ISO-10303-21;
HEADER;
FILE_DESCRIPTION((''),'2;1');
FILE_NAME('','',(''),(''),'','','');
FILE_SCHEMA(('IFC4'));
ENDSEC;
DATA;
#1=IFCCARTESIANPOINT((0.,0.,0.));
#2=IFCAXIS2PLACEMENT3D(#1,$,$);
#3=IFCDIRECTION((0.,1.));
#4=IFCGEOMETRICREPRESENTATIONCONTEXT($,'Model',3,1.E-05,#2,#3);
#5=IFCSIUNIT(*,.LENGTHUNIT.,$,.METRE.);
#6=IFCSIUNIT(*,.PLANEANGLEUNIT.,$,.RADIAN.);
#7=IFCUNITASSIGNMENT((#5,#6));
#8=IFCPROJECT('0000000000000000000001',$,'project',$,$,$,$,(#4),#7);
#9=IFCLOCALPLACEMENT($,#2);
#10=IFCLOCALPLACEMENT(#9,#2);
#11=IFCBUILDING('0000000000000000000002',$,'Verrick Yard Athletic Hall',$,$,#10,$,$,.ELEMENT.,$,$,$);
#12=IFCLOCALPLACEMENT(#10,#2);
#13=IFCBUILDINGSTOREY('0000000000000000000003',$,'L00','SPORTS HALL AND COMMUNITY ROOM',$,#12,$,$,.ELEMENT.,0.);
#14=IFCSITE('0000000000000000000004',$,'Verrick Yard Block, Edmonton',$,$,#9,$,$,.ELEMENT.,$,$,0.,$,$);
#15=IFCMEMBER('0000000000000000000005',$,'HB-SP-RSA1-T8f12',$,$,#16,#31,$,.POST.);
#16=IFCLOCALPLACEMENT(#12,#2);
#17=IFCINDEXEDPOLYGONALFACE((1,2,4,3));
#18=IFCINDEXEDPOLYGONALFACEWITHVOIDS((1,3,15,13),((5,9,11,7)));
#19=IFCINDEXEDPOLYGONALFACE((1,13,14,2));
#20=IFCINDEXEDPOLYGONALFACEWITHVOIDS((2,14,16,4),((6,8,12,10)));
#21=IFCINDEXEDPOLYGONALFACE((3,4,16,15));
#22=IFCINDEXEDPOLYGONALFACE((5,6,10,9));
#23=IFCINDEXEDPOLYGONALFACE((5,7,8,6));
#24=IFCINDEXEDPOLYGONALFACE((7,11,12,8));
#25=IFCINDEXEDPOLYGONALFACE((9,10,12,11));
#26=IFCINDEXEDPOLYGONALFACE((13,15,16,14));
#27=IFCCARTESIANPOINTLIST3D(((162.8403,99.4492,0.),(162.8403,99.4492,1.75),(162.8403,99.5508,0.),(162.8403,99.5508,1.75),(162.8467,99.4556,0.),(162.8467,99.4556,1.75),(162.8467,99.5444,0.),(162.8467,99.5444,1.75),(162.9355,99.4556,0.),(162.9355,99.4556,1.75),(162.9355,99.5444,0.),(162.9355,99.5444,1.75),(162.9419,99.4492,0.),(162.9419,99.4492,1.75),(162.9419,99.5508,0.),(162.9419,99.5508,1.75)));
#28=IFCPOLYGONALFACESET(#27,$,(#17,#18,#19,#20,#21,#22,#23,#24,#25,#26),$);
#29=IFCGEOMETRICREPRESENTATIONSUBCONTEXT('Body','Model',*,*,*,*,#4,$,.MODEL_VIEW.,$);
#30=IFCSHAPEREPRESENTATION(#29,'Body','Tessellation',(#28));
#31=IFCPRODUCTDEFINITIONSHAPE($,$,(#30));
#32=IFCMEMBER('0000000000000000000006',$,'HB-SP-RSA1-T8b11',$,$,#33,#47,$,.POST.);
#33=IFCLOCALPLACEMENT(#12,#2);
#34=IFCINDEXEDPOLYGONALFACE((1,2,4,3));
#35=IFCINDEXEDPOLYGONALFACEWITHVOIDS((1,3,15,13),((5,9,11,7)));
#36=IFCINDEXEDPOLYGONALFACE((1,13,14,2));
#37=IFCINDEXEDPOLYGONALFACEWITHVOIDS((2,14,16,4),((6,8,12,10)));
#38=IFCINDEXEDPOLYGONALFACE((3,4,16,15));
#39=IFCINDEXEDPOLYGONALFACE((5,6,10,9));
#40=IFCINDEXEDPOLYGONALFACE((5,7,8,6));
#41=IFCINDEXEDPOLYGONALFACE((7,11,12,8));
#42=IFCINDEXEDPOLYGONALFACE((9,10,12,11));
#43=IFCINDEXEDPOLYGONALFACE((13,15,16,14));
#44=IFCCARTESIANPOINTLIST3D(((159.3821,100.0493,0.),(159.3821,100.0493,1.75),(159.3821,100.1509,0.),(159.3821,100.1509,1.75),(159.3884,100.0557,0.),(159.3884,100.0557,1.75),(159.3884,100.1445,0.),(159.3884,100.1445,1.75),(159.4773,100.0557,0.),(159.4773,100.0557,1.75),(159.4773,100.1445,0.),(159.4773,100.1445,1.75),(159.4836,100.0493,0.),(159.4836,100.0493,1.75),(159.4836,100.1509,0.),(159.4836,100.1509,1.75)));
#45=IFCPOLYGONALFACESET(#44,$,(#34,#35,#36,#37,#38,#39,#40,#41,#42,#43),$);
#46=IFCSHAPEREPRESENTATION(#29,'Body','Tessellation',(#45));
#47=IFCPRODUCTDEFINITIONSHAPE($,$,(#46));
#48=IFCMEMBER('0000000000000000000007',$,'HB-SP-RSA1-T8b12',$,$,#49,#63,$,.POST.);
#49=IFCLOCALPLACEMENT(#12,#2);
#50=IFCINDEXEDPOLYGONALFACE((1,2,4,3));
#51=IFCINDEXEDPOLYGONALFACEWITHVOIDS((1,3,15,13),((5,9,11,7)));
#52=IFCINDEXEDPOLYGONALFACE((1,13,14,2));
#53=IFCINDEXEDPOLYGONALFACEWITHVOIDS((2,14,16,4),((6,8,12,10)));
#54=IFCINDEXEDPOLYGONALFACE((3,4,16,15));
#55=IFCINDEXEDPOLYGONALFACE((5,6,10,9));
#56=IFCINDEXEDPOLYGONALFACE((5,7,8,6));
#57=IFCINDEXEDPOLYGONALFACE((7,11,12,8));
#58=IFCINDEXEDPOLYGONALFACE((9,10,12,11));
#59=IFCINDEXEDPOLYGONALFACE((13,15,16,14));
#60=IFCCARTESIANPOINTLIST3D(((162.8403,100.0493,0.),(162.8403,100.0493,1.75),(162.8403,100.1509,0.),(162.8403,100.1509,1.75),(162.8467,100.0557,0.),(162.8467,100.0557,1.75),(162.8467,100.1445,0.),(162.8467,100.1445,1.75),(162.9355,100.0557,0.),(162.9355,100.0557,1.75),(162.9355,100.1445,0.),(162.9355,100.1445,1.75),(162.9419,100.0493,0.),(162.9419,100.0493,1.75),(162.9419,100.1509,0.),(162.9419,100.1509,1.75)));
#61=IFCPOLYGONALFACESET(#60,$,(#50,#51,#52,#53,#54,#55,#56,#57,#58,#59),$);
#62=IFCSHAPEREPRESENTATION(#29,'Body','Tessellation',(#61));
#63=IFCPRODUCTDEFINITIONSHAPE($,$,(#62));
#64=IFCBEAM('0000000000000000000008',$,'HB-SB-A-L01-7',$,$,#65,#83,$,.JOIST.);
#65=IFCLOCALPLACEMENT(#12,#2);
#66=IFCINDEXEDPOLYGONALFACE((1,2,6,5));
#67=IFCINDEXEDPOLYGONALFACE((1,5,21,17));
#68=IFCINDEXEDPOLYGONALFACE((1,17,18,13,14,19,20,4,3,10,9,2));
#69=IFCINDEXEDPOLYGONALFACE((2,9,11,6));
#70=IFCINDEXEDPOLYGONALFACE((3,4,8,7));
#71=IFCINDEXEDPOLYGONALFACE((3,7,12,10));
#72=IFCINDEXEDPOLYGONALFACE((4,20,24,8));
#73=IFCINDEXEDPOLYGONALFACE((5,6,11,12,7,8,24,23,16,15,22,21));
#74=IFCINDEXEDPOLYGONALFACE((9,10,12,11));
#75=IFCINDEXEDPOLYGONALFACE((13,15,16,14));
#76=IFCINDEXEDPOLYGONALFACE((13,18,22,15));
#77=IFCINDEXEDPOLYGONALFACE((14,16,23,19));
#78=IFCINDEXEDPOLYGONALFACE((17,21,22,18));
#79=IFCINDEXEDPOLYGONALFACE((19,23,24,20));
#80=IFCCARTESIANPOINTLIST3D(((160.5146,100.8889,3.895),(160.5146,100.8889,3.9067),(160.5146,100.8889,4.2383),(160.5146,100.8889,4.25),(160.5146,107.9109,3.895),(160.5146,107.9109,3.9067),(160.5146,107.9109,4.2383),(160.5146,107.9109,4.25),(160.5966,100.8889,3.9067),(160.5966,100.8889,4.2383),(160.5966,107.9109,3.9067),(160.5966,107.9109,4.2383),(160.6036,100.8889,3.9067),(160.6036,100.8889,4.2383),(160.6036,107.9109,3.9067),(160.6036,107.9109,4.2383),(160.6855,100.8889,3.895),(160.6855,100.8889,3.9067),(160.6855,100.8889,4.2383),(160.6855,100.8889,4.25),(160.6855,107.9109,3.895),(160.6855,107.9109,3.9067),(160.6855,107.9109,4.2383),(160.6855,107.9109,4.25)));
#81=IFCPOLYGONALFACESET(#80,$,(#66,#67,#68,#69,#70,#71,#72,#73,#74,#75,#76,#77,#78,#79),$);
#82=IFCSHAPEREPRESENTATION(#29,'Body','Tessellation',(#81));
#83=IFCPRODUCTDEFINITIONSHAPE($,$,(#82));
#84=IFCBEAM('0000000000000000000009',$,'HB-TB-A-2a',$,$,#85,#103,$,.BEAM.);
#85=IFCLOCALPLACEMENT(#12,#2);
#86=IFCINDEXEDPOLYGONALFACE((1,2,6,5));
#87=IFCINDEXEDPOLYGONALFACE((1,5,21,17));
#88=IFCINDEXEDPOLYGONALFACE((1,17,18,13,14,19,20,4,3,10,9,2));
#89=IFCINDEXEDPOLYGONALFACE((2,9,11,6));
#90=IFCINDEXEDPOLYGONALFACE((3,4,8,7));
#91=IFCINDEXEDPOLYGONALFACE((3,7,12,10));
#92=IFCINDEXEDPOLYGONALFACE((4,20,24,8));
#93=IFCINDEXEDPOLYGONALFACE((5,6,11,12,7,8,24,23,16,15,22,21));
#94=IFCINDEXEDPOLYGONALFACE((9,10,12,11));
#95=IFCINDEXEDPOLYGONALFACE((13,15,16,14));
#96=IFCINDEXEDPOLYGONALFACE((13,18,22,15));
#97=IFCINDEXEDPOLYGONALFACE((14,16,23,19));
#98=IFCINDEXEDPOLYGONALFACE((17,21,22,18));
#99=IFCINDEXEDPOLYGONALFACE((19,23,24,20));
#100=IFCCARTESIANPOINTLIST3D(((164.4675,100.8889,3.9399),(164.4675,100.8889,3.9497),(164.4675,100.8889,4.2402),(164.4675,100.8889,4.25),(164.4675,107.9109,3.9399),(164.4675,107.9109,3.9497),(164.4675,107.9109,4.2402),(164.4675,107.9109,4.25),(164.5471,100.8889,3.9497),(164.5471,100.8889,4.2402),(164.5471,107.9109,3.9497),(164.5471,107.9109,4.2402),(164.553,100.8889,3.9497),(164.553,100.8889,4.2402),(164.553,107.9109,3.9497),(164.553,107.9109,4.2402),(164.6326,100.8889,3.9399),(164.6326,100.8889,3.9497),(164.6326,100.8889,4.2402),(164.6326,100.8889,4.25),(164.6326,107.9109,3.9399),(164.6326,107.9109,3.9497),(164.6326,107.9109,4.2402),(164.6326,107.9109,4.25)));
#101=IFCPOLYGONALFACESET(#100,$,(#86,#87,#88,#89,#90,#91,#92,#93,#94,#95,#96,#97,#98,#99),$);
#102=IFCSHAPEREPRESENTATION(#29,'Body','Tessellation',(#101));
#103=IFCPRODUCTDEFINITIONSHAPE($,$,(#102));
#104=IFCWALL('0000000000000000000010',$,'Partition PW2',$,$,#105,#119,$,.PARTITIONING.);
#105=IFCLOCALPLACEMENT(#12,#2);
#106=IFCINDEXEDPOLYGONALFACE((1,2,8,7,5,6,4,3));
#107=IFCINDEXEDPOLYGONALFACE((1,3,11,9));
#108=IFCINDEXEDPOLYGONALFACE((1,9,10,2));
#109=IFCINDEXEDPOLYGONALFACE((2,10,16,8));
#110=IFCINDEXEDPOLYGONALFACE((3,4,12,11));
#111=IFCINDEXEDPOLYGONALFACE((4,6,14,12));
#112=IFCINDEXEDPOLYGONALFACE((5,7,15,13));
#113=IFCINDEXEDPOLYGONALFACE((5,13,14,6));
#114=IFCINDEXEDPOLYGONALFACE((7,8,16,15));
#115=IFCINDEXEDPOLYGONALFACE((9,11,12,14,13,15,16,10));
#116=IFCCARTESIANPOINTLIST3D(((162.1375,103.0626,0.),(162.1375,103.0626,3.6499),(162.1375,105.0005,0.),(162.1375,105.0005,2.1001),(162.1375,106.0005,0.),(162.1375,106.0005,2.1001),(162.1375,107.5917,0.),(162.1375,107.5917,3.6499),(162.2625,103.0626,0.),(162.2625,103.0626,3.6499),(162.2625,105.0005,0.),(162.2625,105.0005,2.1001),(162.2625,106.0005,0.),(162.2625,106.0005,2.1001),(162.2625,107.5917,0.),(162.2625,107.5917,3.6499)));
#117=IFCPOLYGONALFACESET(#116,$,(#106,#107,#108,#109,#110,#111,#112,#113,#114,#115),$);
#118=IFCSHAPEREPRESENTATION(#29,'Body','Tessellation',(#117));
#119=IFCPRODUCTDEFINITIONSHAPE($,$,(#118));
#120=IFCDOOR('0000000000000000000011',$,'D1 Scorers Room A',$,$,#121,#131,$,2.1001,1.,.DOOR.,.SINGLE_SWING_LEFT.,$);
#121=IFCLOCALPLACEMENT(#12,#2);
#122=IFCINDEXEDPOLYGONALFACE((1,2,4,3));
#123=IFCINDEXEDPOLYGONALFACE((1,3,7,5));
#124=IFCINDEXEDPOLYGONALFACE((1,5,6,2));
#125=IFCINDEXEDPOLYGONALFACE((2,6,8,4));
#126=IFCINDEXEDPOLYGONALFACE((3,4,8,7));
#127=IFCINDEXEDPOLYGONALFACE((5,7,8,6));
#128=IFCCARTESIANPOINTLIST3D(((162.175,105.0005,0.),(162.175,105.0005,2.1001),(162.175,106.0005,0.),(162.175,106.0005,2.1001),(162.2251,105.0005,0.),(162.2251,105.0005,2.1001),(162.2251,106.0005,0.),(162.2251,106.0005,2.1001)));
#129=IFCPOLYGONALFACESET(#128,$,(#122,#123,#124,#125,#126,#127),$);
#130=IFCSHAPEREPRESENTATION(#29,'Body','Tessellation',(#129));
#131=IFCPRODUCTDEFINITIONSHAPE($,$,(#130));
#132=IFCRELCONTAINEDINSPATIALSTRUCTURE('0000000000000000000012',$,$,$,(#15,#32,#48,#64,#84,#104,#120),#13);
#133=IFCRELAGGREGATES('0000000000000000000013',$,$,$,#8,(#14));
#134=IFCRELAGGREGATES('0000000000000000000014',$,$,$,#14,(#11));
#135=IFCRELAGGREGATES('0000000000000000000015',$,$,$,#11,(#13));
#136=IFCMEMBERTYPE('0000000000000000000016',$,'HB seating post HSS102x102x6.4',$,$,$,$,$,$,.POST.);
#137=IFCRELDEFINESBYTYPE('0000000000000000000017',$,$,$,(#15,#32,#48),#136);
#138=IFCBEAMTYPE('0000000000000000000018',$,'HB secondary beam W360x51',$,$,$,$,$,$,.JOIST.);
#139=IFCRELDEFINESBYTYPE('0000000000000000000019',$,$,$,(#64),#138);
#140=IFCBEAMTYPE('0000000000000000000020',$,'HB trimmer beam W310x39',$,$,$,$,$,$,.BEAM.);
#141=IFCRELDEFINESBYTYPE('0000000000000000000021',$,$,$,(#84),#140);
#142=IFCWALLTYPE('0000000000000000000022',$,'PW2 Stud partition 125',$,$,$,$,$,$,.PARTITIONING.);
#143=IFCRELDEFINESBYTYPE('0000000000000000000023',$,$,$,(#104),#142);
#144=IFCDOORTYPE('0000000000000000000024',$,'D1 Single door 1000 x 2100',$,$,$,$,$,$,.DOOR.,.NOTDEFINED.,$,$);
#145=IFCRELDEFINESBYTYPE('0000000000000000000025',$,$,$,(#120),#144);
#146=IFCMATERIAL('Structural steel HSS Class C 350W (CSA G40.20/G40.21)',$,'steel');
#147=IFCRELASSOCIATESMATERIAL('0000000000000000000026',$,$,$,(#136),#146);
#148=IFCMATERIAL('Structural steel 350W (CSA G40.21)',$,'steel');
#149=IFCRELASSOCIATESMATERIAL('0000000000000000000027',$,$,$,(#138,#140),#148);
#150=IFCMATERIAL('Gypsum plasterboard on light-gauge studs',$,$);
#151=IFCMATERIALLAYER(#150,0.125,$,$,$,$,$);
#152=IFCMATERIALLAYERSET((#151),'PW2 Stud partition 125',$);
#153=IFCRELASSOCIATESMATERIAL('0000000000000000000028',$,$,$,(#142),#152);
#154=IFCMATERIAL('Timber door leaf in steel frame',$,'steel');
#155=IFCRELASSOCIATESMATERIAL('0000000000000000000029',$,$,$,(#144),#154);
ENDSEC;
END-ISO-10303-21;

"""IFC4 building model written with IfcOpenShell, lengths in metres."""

from ifc_helpers import new_model, si_unit, direction, frame, frame_2d, origin, origin_2d, place, context, subcontext, project, spatial, rectangle, hollow_rectangle, i_section, extrude, material, layer, layer_set, material_profile, profile_set, type_object, element, fill, save


model = new_model("IFC4")

# Units and contexts
model_context = context("Model", 3, precision=1e-05, world=origin(), true_north=direction((0.0, 1.0)))
body_context = subcontext(model_context, "Body", "Model", "MODEL_VIEW")
ifc_project = project(units=[si_unit("LENGTHUNIT", "METRE"), si_unit("PLANEANGLEUNIT", "RADIAN")], contexts=[model_context])

# Site, building, storey
site_placement = place(None, origin())
site = spatial("IfcSite", under=ifc_project, at=site_placement, Name="Verrick Yard Block, Edmonton", CompositionType="ELEMENT", RefElevation=0.0)
building_placement = place(site_placement, origin())
building = spatial("IfcBuilding", under=site, at=building_placement, Name="Verrick Yard Athletic Hall", CompositionType="ELEMENT")
storey_placement = place(building_placement, origin())
storey = spatial("IfcBuildingStorey", under=building, at=storey_placement, Name="L00", Description="SPORTS HALL AND COMMUNITY ROOM", CompositionType="ELEMENT", Elevation=0.0)

# Shared definitions
ifc_material_1 = material(Name="Structural steel 350W (CSA G40.21)", Category="steel")

# Members
ifc_material_2 = material(Name="Structural steel HSS Class C 350W (CSA G40.20/G40.21)", Category="steel")
ifc_material_profile_1 = material_profile(ifc_material_2, hollow_rectangle(XDim=0.1016, YDim=0.1016, WallThickness=0.0063, at=origin_2d()), Name="HSS102x102x6.4")
ifc_profile_set_1 = profile_set([ifc_material_profile_1], Name="Structural steel HSS Class C 350W (CSA G40.20/G40.21)")
member_type_1 = type_object("IfcMemberType", Name="HB seating post HSS102x102x6.4", PredefinedType="POST", material=ifc_profile_set_1)
for number, where, z_axis, x_axis, name in (
    (1, (162.8911, 99.5, 0.0), (0.0, 0.0, 1.0), (0.0, 1.0, 0.0), "HB-SP-RSA1-T8f12"),
    (2, (159.4329, 100.1001, 0.0), (0.0, 0.0, 1.0), (0.0, 1.0, 0.0), "HB-SP-RSA1-T8b11"),
    (3, (162.8911, 100.1001, 0.0), (0.0, 0.0, 1.0), (0.0, 1.0, 0.0), "HB-SP-RSA1-T8b12"),
):
    element("IfcMember", number, at=place(storey_placement, frame(where, z_axis=z_axis, x_axis=x_axis)), inside=storey, type_object=member_type_1, Name=name, PredefinedType="POST", context=body_context, shape_type="SweptSolid", body=[
        extrude(hollow_rectangle(XDim=0.1016, YDim=0.1016, WallThickness=0.0063, at=origin_2d()), origin(), (0.0, 0.0, 1.0), 1.75),
    ])

# Beams
ifc_material_profile_2 = material_profile(ifc_material_1, i_section(OverallWidth=0.1709, OverallDepth=0.355, WebThickness=0.0071, FlangeThickness=0.0117, at=origin_2d()), Name="W360x51")
ifc_profile_set_2 = profile_set([ifc_material_profile_2], Name="Structural steel 350W (CSA G40.21)")
beam_type_1 = type_object("IfcBeamType", Name="HB secondary beam W360x51", PredefinedType="JOIST", material=ifc_profile_set_2)
beam_1_placement = place(storey_placement, frame((160.6001, 100.8889, 4.0725), z_axis=(0.0, 1.0, 0.0), x_axis=(-1.0, 0.0, 0.0)))
element("IfcBeam", 4, at=beam_1_placement, inside=storey, type_object=beam_type_1, Name="HB-SB-A-L01-7", PredefinedType="JOIST", context=body_context, shape_type="SweptSolid", body=[
    extrude(i_section(OverallWidth=0.1709, OverallDepth=0.355, WebThickness=0.0071, FlangeThickness=0.0117, at=origin_2d()), origin(), (0.0, 0.0, 1.0), 7.022),
])
ifc_material_profile_3 = material_profile(ifc_material_1, i_section(OverallWidth=0.165, OverallDepth=0.3101, WebThickness=0.0059, FlangeThickness=0.0098, at=origin_2d()), Name="W310x39")
ifc_profile_set_3 = profile_set([ifc_material_profile_3], Name="Structural steel 350W (CSA G40.21)")
beam_type_2 = type_object("IfcBeamType", Name="HB trimmer beam W310x39", PredefinedType="BEAM", material=ifc_profile_set_3)
beam_2_placement = place(storey_placement, frame((164.55, 100.8889, 4.095), z_axis=(0.0, 1.0, 0.0), x_axis=(-1.0, 0.0, 0.0)))
element("IfcBeam", 5, at=beam_2_placement, inside=storey, type_object=beam_type_2, Name="HB-TB-A-2a", PredefinedType="BEAM", context=body_context, shape_type="SweptSolid", body=[
    extrude(i_section(OverallWidth=0.165, OverallDepth=0.3101, WebThickness=0.0059, FlangeThickness=0.0098, at=origin_2d()), origin(), (0.0, 0.0, 1.0), 7.022),
])

# Wall, opening, door
ifc_material_3 = material(Name="Gypsum plasterboard on light-gauge studs")
ifc_layer = layer(ifc_material_3, 0.125)
ifc_layer_set = layer_set([ifc_layer], Name="PW2 Stud partition 125")
wall_type = type_object("IfcWallType", Name="PW2 Stud partition 125", PredefinedType="PARTITIONING", material=ifc_layer_set)
wall_placement = place(storey_placement, frame((162.2, 103.0625, 0.0), z_axis=(0.0, 0.0, 1.0), x_axis=(0.0, 1.0, 0.0)))
wall = element("IfcWall", 6, at=wall_placement, inside=storey, type_object=wall_type, Name="Partition PW2", PredefinedType="PARTITIONING", context=body_context, shape_type="SweptSolid", body=[
    extrude(rectangle(XDim=4.5291, YDim=0.125, at=frame_2d((2.2646, 0.0))), origin(), (0.0, 0.0, 1.0), 3.6499),
])
opening_placement = place(wall_placement, frame((1.938, 0.0, 0.0)))
opening = element("IfcOpeningElement", 7, at=opening_placement, cuts=wall, PredefinedType="OPENING", context=body_context, shape_type="SweptSolid", body=[
    extrude(rectangle(XDim=1.0, YDim=2.1001, at=frame_2d((0.5, 1.05))), frame((0.0, 0.0725, 0.0), z_axis=(0.0, -1.0, 0.0), x_axis=(1.0, 0.0, 0.0)), (0.0, 0.0, 1.0), 0.145),
])
ifc_material_4 = material(Name="Timber door leaf in steel frame", Category="steel")
door_type = type_object("IfcDoorType", Name="D1 Single door 1000 x 2100", OperationType="NOTDEFINED", PredefinedType="DOOR", material=ifc_material_4)
door_placement = place(opening_placement, origin())
door = element("IfcDoor", 8, at=door_placement, inside=storey, type_object=door_type, Name="D1 Scorers Room A", OperationType="SINGLE_SWING_LEFT", OverallHeight=2.1001, OverallWidth=1.0, PredefinedType="DOOR", context=body_context, shape_type="SweptSolid", body=[
    extrude(rectangle(XDim=1.0, YDim=2.1001, at=frame_2d((0.5, 1.05))), frame((0.0, 0.0249, 0.0), z_axis=(0.0, -1.0, 0.0), x_axis=(1.0, 0.0, 0.0)), (0.0, 0.0, 1.0), 0.05),
])
fill(opening, door)

save(model, "model.ifc")
